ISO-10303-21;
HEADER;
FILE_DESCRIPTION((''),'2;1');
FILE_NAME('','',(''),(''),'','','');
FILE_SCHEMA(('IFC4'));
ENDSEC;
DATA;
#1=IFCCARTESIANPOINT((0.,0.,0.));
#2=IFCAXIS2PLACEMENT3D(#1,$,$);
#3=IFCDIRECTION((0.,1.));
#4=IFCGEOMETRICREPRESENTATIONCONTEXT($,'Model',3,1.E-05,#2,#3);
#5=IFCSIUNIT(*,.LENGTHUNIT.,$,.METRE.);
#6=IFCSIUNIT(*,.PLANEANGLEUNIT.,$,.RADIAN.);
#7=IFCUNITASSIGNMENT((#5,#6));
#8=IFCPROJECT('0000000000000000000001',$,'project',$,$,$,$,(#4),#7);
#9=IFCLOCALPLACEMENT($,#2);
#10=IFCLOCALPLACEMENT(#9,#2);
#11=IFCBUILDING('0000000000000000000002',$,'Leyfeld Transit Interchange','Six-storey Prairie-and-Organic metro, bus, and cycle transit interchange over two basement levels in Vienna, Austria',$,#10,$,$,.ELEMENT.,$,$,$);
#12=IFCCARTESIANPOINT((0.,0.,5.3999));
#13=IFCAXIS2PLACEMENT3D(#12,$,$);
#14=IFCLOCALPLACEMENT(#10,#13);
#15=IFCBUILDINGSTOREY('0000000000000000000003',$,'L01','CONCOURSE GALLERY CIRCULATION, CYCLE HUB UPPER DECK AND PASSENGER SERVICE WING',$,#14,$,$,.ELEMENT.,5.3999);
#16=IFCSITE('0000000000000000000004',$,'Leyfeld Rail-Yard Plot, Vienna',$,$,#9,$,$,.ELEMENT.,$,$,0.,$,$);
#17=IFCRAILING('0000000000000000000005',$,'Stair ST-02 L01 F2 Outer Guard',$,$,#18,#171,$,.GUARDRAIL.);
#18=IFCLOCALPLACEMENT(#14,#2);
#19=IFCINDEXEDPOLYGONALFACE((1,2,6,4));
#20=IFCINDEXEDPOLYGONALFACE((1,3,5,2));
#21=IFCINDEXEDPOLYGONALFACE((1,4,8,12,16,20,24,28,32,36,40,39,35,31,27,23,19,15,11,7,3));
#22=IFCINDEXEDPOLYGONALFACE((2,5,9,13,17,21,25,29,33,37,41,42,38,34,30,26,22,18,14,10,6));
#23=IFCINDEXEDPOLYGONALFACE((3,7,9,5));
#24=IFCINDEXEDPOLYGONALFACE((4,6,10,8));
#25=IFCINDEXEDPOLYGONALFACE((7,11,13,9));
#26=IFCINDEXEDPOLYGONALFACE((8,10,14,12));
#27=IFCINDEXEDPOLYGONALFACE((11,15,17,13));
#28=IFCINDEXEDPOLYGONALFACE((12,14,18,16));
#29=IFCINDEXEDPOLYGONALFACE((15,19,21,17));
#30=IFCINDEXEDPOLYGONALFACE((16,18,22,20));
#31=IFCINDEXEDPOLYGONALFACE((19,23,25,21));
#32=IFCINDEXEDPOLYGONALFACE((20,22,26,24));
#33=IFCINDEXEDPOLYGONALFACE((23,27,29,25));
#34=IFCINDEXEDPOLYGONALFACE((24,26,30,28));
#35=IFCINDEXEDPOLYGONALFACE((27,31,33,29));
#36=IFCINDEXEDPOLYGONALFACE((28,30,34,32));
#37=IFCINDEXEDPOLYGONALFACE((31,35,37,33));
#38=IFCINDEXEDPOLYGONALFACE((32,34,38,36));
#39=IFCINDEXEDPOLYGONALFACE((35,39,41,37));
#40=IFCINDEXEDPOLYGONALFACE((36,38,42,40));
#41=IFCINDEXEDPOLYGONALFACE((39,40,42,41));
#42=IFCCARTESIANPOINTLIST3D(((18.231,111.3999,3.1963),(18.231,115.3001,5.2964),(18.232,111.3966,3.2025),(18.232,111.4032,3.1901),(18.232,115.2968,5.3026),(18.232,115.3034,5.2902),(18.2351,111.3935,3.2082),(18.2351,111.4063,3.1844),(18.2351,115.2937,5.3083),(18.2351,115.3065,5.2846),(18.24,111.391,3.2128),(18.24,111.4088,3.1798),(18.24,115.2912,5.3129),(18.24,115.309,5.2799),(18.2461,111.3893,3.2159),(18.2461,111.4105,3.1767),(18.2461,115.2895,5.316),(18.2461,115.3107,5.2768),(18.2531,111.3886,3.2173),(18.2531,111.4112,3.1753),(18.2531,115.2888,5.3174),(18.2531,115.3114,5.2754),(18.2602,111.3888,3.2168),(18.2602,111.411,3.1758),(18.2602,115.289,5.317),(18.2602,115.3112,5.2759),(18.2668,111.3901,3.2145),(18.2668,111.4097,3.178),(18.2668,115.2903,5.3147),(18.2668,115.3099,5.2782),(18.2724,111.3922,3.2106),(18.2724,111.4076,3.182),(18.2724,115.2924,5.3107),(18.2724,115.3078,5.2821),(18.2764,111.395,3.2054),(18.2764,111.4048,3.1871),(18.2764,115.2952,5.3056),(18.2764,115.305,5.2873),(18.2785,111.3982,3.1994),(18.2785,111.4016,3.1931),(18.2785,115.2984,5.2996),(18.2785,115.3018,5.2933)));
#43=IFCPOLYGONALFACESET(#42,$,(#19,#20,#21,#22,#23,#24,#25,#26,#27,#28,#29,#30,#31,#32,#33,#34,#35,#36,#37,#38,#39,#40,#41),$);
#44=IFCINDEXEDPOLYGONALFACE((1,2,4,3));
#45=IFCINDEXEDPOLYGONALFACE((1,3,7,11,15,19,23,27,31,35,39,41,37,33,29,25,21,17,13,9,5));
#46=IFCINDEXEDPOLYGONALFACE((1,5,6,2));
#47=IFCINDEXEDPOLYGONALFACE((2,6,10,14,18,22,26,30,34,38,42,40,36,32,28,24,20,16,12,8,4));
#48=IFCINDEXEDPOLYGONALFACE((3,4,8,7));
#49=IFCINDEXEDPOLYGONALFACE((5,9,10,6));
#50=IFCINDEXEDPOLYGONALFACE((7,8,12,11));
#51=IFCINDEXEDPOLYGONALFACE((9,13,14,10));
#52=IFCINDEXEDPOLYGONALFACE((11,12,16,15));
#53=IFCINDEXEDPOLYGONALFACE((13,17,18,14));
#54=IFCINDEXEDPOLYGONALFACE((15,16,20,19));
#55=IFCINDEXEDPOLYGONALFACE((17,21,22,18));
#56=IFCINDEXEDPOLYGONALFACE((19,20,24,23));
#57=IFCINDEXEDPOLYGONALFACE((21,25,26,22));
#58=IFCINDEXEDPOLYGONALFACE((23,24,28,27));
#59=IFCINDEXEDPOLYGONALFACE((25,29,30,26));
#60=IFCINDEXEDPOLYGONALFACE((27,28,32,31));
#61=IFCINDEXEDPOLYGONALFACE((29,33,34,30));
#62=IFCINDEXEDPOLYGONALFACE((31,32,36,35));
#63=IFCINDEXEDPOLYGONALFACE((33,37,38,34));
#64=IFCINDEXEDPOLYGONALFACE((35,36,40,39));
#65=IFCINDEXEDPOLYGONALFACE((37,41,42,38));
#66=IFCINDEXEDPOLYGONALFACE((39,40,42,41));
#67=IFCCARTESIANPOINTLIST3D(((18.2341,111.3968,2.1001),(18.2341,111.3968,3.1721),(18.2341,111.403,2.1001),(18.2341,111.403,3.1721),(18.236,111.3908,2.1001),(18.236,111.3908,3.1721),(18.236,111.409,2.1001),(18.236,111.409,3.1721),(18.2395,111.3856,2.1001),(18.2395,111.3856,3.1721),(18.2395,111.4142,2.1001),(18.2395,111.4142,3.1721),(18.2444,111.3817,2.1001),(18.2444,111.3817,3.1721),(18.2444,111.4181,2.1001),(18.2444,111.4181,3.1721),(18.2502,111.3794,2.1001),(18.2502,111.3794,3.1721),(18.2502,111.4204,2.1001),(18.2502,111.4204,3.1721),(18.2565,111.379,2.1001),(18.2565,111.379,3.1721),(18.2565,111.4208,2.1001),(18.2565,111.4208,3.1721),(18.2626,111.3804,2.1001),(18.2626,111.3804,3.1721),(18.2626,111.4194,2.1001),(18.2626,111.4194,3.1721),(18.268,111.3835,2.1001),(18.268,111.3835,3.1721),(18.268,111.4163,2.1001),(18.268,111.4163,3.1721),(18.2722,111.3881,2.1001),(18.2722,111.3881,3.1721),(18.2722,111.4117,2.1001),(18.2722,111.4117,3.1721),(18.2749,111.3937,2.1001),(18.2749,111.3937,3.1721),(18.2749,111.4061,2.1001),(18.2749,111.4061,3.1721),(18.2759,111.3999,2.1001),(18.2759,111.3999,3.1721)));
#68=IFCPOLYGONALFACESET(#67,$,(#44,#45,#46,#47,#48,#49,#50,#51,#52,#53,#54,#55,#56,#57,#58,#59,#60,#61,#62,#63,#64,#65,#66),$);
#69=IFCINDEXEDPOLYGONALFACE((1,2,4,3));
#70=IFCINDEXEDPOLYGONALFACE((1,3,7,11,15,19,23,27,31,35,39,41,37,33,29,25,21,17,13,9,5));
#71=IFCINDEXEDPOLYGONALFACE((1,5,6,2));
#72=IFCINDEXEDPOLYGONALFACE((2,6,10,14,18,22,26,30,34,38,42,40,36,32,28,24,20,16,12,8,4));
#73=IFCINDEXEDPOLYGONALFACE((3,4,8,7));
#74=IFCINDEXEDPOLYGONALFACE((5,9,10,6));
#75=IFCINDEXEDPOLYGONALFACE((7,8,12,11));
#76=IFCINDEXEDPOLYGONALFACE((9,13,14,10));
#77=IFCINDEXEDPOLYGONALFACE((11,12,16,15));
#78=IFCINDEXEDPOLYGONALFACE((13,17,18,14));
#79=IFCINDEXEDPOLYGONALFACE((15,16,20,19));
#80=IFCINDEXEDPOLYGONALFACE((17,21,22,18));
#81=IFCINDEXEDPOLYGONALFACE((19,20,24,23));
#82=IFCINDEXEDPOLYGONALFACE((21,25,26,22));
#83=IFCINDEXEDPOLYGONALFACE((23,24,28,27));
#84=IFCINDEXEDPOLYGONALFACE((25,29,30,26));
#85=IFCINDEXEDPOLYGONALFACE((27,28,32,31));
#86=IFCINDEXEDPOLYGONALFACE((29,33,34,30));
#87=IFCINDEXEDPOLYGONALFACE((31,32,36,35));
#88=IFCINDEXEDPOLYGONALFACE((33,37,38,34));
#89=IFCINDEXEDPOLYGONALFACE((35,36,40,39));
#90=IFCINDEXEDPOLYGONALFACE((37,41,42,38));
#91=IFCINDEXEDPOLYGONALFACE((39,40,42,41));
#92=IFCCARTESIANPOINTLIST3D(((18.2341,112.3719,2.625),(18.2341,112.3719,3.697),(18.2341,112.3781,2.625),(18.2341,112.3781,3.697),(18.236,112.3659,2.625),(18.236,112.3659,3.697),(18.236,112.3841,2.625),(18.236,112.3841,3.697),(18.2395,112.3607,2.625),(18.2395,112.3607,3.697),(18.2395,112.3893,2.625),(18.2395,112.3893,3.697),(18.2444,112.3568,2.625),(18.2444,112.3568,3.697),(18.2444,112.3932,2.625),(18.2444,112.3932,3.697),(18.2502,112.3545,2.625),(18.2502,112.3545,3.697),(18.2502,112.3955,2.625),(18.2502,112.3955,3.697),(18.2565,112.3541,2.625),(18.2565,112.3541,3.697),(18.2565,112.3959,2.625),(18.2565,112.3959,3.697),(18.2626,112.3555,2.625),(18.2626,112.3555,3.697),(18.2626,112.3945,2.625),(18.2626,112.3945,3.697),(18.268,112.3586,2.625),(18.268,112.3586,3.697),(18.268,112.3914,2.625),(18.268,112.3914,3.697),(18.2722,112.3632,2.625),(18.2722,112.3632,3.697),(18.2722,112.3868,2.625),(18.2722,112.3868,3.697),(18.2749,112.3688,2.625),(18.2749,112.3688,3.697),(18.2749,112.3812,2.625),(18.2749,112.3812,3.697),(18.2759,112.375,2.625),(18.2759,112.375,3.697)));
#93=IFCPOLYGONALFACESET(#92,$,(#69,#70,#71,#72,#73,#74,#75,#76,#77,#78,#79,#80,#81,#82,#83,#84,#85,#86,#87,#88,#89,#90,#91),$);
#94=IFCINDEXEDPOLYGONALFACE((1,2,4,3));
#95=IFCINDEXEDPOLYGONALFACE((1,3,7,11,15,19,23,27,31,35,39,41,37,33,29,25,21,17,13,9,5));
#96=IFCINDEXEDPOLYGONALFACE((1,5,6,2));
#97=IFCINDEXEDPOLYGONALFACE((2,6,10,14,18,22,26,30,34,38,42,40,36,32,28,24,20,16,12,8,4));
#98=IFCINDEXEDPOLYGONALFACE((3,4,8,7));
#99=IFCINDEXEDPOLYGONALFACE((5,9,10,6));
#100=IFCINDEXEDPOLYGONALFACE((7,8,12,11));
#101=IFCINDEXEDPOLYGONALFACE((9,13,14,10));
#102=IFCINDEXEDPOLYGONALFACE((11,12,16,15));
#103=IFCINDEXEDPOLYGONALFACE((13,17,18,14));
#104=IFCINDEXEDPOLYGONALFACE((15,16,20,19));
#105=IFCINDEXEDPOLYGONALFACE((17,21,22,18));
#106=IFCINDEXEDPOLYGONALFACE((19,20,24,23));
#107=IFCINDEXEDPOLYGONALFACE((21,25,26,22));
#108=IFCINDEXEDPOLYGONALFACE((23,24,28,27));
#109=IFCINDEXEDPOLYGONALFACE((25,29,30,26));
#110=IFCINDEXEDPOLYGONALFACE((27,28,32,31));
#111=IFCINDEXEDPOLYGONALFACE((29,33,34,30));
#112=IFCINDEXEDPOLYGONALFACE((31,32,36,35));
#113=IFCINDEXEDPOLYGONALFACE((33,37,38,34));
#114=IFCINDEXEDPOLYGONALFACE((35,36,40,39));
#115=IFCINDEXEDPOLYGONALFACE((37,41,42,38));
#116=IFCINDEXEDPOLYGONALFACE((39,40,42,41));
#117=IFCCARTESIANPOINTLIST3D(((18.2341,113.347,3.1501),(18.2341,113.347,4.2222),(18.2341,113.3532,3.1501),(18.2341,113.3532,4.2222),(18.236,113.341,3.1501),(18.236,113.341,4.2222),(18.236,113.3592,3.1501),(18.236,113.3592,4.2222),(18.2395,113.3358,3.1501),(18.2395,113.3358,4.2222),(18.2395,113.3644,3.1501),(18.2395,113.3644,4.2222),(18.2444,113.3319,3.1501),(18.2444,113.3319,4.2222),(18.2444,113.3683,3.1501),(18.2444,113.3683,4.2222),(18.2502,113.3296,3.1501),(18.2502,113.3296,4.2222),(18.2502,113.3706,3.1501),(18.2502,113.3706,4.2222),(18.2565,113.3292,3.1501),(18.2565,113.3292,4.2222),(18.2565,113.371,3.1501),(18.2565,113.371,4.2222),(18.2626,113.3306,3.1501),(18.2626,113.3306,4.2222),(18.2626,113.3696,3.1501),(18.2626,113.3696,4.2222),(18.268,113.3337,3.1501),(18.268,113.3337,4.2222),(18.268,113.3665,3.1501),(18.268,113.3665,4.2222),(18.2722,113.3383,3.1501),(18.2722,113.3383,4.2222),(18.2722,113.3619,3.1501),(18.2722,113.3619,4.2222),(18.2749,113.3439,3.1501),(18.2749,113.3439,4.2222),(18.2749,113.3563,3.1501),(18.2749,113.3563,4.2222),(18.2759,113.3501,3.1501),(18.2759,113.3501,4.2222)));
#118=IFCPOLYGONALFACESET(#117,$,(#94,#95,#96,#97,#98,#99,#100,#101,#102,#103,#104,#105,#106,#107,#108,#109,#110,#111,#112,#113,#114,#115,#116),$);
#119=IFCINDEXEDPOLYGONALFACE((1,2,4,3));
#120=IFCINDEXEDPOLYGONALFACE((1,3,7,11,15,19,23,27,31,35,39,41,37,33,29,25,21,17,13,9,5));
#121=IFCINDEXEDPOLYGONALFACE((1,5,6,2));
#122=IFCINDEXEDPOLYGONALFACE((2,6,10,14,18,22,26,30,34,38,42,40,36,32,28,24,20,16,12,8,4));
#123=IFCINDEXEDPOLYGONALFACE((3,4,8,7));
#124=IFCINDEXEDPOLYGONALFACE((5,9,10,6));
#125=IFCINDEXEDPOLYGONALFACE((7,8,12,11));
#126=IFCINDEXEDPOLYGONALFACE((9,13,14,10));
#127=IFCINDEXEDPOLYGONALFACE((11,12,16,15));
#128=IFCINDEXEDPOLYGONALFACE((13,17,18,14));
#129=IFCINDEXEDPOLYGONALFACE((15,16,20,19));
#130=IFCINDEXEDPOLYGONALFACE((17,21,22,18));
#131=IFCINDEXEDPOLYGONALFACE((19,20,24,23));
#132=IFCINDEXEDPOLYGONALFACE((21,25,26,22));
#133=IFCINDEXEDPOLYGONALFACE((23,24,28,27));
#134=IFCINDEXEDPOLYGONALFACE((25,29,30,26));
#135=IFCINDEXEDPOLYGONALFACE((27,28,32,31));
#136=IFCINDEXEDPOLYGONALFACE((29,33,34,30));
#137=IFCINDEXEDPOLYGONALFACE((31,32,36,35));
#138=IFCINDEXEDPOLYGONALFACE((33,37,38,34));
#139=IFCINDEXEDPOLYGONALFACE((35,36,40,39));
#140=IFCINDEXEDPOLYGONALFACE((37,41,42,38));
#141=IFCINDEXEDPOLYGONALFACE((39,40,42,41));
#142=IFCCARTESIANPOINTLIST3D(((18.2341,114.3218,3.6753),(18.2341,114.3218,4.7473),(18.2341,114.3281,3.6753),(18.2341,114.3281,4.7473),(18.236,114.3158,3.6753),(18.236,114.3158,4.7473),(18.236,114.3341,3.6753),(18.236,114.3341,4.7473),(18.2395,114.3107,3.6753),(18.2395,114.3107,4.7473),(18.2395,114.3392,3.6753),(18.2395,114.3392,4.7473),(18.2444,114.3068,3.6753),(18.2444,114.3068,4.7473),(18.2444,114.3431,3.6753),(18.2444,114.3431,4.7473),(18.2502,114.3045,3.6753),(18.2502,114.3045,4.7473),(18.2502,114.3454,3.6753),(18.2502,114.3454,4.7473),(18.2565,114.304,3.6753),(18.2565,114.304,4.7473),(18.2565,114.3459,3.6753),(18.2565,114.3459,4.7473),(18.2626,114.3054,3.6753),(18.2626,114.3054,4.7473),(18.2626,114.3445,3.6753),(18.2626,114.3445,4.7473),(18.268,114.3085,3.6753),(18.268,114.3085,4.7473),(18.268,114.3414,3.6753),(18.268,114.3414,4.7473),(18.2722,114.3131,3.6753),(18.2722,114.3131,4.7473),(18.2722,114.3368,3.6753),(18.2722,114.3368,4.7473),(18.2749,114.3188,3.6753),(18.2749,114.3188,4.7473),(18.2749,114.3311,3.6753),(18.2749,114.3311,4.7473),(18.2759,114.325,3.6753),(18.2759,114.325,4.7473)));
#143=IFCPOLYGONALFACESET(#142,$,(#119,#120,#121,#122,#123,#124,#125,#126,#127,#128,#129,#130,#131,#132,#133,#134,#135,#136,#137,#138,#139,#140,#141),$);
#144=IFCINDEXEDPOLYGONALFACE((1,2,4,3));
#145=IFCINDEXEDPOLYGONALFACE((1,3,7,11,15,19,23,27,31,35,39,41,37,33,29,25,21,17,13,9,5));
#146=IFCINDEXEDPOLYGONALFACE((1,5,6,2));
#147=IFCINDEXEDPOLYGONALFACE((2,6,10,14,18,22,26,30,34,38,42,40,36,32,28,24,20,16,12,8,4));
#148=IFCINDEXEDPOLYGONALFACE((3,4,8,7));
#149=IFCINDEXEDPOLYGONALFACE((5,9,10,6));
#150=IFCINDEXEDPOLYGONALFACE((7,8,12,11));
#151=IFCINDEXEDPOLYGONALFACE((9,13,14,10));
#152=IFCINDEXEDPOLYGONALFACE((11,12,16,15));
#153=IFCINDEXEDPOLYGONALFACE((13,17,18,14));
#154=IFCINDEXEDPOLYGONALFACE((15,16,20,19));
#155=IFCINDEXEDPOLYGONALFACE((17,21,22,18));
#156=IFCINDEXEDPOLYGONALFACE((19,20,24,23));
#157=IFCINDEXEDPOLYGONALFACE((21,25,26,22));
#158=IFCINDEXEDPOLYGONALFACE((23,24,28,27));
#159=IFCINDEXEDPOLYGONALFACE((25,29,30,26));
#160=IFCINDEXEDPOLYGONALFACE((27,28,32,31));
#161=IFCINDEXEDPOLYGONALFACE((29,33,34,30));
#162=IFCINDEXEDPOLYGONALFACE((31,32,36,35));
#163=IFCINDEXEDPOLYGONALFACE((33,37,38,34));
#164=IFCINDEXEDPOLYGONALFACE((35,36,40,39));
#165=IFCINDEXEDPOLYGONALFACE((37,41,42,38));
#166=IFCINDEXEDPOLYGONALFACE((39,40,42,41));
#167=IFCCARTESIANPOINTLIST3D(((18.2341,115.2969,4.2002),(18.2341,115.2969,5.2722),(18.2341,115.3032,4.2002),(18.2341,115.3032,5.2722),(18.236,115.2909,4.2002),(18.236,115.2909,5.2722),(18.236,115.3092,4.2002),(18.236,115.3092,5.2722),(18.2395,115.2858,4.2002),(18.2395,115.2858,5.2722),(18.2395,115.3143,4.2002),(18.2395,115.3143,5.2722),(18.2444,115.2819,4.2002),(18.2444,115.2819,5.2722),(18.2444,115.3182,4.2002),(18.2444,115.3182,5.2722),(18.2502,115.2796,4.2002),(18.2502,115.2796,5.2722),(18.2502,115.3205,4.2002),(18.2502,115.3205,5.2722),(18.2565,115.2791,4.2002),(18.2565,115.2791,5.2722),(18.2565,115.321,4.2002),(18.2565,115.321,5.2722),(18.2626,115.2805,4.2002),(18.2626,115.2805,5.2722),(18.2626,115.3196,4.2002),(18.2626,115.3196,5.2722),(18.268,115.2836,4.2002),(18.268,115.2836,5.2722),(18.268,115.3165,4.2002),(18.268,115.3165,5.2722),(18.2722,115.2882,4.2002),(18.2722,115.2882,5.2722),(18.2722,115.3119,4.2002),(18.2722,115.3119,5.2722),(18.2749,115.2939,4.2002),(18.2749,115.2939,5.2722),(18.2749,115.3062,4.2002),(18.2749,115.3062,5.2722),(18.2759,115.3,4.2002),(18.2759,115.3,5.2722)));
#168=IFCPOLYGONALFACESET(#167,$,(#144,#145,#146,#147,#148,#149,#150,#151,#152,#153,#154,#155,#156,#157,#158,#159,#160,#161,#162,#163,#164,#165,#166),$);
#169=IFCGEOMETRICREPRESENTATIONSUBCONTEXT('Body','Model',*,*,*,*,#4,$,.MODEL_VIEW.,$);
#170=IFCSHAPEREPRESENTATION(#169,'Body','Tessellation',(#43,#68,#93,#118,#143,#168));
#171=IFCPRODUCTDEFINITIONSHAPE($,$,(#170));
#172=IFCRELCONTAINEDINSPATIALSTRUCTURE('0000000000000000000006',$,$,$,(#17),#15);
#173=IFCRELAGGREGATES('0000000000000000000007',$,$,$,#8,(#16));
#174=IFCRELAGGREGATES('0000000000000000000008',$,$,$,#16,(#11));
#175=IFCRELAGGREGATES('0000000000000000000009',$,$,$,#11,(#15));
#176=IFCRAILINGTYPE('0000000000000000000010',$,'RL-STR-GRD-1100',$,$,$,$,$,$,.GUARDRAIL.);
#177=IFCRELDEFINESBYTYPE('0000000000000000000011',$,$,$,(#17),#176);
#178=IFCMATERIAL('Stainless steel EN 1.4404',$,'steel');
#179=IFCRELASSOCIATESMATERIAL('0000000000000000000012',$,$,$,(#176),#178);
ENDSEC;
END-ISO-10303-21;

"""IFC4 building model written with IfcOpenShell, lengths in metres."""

from ifc_helpers import new_model, si_unit, direction, frame, origin, origin_2d, place, context, subcontext, project, spatial, circle, extrude, material, type_object, element, save


model = new_model("IFC4")

# Units and contexts
model_context = context("Model", 3, precision=1e-05, world=origin(), true_north=direction((0.0, 1.0)))
body_context = subcontext(model_context, "Body", "Model", "MODEL_VIEW")
ifc_project = project(units=[si_unit("LENGTHUNIT", "METRE"), si_unit("PLANEANGLEUNIT", "RADIAN")], contexts=[model_context])

# Site, building, storey
site_placement = place(None, origin())
site = spatial("IfcSite", under=ifc_project, at=site_placement, Name="Leyfeld Rail-Yard Plot, Vienna", CompositionType="ELEMENT", RefElevation=0.0)
building_placement = place(site_placement, origin())
building = spatial("IfcBuilding", under=site, at=building_placement, Name="Leyfeld Transit Interchange", Description="Six-storey Prairie-and-Organic metro, bus, and cycle transit interchange over two basement levels in Vienna, Austria", CompositionType="ELEMENT")
storey_placement = place(building_placement, frame((0.0, 0.0, 5.3999)))
storey = spatial("IfcBuildingStorey", under=building, at=storey_placement, Name="L01", Description="CONCOURSE GALLERY CIRCULATION, CYCLE HUB UPPER DECK AND PASSENGER SERVICE WING", CompositionType="ELEMENT", Elevation=5.3999)

# Shared definitions
ifc_material_1 = material(Name="Stainless steel EN 1.4404", Category="steel")

# Railing
railing_type_1 = type_object("IfcRailingType", Name="RL-STR-GRD-1100", PredefinedType="GUARDRAIL", material=ifc_material_1)
for number, where, name in (
    (1, (18.2549, 111.3999, 2.1001), "Stair ST-02 L01 F2 Outer Guard"),
):
    element("IfcRailing", number, at=place(storey_placement, frame(where)), inside=storey, type_object=railing_type_1, Name=name, PredefinedType="GUARDRAIL", context=body_context, shape_type="SweptSolid", body=[
        extrude(circle(Radius=0.0239, at=origin_2d()), frame((0.0, 0.0, 1.0962), z_axis=(0.0, 0.880469, 0.474103), x_axis=(-1.0, 0.0, 0.0)), (0.0, 0.0, 1.0), 4.4297),
        extrude(circle(Radius=0.021, at=origin_2d()), origin(), (0.0, 0.0, 1.0), 1.072),
        extrude(circle(Radius=0.021, at=origin_2d()), frame((0.0, 0.9751, 0.5249)), (0.0, 0.0, 1.0), 1.072),
        extrude(circle(Radius=0.021, at=origin_2d()), frame((0.0, 1.9502, 1.05)), (0.0, 0.0, 1.0), 1.072),
        extrude(circle(Radius=0.021, at=origin_2d()), frame((0.0, 2.925, 1.5752)), (0.0, 0.0, 1.0), 1.072),
        extrude(circle(Radius=0.021, at=origin_2d()), frame((0.0, 3.9001, 2.1001)), (0.0, 0.0, 1.0), 1.072),
    ])

save(model, "model.ifc")
